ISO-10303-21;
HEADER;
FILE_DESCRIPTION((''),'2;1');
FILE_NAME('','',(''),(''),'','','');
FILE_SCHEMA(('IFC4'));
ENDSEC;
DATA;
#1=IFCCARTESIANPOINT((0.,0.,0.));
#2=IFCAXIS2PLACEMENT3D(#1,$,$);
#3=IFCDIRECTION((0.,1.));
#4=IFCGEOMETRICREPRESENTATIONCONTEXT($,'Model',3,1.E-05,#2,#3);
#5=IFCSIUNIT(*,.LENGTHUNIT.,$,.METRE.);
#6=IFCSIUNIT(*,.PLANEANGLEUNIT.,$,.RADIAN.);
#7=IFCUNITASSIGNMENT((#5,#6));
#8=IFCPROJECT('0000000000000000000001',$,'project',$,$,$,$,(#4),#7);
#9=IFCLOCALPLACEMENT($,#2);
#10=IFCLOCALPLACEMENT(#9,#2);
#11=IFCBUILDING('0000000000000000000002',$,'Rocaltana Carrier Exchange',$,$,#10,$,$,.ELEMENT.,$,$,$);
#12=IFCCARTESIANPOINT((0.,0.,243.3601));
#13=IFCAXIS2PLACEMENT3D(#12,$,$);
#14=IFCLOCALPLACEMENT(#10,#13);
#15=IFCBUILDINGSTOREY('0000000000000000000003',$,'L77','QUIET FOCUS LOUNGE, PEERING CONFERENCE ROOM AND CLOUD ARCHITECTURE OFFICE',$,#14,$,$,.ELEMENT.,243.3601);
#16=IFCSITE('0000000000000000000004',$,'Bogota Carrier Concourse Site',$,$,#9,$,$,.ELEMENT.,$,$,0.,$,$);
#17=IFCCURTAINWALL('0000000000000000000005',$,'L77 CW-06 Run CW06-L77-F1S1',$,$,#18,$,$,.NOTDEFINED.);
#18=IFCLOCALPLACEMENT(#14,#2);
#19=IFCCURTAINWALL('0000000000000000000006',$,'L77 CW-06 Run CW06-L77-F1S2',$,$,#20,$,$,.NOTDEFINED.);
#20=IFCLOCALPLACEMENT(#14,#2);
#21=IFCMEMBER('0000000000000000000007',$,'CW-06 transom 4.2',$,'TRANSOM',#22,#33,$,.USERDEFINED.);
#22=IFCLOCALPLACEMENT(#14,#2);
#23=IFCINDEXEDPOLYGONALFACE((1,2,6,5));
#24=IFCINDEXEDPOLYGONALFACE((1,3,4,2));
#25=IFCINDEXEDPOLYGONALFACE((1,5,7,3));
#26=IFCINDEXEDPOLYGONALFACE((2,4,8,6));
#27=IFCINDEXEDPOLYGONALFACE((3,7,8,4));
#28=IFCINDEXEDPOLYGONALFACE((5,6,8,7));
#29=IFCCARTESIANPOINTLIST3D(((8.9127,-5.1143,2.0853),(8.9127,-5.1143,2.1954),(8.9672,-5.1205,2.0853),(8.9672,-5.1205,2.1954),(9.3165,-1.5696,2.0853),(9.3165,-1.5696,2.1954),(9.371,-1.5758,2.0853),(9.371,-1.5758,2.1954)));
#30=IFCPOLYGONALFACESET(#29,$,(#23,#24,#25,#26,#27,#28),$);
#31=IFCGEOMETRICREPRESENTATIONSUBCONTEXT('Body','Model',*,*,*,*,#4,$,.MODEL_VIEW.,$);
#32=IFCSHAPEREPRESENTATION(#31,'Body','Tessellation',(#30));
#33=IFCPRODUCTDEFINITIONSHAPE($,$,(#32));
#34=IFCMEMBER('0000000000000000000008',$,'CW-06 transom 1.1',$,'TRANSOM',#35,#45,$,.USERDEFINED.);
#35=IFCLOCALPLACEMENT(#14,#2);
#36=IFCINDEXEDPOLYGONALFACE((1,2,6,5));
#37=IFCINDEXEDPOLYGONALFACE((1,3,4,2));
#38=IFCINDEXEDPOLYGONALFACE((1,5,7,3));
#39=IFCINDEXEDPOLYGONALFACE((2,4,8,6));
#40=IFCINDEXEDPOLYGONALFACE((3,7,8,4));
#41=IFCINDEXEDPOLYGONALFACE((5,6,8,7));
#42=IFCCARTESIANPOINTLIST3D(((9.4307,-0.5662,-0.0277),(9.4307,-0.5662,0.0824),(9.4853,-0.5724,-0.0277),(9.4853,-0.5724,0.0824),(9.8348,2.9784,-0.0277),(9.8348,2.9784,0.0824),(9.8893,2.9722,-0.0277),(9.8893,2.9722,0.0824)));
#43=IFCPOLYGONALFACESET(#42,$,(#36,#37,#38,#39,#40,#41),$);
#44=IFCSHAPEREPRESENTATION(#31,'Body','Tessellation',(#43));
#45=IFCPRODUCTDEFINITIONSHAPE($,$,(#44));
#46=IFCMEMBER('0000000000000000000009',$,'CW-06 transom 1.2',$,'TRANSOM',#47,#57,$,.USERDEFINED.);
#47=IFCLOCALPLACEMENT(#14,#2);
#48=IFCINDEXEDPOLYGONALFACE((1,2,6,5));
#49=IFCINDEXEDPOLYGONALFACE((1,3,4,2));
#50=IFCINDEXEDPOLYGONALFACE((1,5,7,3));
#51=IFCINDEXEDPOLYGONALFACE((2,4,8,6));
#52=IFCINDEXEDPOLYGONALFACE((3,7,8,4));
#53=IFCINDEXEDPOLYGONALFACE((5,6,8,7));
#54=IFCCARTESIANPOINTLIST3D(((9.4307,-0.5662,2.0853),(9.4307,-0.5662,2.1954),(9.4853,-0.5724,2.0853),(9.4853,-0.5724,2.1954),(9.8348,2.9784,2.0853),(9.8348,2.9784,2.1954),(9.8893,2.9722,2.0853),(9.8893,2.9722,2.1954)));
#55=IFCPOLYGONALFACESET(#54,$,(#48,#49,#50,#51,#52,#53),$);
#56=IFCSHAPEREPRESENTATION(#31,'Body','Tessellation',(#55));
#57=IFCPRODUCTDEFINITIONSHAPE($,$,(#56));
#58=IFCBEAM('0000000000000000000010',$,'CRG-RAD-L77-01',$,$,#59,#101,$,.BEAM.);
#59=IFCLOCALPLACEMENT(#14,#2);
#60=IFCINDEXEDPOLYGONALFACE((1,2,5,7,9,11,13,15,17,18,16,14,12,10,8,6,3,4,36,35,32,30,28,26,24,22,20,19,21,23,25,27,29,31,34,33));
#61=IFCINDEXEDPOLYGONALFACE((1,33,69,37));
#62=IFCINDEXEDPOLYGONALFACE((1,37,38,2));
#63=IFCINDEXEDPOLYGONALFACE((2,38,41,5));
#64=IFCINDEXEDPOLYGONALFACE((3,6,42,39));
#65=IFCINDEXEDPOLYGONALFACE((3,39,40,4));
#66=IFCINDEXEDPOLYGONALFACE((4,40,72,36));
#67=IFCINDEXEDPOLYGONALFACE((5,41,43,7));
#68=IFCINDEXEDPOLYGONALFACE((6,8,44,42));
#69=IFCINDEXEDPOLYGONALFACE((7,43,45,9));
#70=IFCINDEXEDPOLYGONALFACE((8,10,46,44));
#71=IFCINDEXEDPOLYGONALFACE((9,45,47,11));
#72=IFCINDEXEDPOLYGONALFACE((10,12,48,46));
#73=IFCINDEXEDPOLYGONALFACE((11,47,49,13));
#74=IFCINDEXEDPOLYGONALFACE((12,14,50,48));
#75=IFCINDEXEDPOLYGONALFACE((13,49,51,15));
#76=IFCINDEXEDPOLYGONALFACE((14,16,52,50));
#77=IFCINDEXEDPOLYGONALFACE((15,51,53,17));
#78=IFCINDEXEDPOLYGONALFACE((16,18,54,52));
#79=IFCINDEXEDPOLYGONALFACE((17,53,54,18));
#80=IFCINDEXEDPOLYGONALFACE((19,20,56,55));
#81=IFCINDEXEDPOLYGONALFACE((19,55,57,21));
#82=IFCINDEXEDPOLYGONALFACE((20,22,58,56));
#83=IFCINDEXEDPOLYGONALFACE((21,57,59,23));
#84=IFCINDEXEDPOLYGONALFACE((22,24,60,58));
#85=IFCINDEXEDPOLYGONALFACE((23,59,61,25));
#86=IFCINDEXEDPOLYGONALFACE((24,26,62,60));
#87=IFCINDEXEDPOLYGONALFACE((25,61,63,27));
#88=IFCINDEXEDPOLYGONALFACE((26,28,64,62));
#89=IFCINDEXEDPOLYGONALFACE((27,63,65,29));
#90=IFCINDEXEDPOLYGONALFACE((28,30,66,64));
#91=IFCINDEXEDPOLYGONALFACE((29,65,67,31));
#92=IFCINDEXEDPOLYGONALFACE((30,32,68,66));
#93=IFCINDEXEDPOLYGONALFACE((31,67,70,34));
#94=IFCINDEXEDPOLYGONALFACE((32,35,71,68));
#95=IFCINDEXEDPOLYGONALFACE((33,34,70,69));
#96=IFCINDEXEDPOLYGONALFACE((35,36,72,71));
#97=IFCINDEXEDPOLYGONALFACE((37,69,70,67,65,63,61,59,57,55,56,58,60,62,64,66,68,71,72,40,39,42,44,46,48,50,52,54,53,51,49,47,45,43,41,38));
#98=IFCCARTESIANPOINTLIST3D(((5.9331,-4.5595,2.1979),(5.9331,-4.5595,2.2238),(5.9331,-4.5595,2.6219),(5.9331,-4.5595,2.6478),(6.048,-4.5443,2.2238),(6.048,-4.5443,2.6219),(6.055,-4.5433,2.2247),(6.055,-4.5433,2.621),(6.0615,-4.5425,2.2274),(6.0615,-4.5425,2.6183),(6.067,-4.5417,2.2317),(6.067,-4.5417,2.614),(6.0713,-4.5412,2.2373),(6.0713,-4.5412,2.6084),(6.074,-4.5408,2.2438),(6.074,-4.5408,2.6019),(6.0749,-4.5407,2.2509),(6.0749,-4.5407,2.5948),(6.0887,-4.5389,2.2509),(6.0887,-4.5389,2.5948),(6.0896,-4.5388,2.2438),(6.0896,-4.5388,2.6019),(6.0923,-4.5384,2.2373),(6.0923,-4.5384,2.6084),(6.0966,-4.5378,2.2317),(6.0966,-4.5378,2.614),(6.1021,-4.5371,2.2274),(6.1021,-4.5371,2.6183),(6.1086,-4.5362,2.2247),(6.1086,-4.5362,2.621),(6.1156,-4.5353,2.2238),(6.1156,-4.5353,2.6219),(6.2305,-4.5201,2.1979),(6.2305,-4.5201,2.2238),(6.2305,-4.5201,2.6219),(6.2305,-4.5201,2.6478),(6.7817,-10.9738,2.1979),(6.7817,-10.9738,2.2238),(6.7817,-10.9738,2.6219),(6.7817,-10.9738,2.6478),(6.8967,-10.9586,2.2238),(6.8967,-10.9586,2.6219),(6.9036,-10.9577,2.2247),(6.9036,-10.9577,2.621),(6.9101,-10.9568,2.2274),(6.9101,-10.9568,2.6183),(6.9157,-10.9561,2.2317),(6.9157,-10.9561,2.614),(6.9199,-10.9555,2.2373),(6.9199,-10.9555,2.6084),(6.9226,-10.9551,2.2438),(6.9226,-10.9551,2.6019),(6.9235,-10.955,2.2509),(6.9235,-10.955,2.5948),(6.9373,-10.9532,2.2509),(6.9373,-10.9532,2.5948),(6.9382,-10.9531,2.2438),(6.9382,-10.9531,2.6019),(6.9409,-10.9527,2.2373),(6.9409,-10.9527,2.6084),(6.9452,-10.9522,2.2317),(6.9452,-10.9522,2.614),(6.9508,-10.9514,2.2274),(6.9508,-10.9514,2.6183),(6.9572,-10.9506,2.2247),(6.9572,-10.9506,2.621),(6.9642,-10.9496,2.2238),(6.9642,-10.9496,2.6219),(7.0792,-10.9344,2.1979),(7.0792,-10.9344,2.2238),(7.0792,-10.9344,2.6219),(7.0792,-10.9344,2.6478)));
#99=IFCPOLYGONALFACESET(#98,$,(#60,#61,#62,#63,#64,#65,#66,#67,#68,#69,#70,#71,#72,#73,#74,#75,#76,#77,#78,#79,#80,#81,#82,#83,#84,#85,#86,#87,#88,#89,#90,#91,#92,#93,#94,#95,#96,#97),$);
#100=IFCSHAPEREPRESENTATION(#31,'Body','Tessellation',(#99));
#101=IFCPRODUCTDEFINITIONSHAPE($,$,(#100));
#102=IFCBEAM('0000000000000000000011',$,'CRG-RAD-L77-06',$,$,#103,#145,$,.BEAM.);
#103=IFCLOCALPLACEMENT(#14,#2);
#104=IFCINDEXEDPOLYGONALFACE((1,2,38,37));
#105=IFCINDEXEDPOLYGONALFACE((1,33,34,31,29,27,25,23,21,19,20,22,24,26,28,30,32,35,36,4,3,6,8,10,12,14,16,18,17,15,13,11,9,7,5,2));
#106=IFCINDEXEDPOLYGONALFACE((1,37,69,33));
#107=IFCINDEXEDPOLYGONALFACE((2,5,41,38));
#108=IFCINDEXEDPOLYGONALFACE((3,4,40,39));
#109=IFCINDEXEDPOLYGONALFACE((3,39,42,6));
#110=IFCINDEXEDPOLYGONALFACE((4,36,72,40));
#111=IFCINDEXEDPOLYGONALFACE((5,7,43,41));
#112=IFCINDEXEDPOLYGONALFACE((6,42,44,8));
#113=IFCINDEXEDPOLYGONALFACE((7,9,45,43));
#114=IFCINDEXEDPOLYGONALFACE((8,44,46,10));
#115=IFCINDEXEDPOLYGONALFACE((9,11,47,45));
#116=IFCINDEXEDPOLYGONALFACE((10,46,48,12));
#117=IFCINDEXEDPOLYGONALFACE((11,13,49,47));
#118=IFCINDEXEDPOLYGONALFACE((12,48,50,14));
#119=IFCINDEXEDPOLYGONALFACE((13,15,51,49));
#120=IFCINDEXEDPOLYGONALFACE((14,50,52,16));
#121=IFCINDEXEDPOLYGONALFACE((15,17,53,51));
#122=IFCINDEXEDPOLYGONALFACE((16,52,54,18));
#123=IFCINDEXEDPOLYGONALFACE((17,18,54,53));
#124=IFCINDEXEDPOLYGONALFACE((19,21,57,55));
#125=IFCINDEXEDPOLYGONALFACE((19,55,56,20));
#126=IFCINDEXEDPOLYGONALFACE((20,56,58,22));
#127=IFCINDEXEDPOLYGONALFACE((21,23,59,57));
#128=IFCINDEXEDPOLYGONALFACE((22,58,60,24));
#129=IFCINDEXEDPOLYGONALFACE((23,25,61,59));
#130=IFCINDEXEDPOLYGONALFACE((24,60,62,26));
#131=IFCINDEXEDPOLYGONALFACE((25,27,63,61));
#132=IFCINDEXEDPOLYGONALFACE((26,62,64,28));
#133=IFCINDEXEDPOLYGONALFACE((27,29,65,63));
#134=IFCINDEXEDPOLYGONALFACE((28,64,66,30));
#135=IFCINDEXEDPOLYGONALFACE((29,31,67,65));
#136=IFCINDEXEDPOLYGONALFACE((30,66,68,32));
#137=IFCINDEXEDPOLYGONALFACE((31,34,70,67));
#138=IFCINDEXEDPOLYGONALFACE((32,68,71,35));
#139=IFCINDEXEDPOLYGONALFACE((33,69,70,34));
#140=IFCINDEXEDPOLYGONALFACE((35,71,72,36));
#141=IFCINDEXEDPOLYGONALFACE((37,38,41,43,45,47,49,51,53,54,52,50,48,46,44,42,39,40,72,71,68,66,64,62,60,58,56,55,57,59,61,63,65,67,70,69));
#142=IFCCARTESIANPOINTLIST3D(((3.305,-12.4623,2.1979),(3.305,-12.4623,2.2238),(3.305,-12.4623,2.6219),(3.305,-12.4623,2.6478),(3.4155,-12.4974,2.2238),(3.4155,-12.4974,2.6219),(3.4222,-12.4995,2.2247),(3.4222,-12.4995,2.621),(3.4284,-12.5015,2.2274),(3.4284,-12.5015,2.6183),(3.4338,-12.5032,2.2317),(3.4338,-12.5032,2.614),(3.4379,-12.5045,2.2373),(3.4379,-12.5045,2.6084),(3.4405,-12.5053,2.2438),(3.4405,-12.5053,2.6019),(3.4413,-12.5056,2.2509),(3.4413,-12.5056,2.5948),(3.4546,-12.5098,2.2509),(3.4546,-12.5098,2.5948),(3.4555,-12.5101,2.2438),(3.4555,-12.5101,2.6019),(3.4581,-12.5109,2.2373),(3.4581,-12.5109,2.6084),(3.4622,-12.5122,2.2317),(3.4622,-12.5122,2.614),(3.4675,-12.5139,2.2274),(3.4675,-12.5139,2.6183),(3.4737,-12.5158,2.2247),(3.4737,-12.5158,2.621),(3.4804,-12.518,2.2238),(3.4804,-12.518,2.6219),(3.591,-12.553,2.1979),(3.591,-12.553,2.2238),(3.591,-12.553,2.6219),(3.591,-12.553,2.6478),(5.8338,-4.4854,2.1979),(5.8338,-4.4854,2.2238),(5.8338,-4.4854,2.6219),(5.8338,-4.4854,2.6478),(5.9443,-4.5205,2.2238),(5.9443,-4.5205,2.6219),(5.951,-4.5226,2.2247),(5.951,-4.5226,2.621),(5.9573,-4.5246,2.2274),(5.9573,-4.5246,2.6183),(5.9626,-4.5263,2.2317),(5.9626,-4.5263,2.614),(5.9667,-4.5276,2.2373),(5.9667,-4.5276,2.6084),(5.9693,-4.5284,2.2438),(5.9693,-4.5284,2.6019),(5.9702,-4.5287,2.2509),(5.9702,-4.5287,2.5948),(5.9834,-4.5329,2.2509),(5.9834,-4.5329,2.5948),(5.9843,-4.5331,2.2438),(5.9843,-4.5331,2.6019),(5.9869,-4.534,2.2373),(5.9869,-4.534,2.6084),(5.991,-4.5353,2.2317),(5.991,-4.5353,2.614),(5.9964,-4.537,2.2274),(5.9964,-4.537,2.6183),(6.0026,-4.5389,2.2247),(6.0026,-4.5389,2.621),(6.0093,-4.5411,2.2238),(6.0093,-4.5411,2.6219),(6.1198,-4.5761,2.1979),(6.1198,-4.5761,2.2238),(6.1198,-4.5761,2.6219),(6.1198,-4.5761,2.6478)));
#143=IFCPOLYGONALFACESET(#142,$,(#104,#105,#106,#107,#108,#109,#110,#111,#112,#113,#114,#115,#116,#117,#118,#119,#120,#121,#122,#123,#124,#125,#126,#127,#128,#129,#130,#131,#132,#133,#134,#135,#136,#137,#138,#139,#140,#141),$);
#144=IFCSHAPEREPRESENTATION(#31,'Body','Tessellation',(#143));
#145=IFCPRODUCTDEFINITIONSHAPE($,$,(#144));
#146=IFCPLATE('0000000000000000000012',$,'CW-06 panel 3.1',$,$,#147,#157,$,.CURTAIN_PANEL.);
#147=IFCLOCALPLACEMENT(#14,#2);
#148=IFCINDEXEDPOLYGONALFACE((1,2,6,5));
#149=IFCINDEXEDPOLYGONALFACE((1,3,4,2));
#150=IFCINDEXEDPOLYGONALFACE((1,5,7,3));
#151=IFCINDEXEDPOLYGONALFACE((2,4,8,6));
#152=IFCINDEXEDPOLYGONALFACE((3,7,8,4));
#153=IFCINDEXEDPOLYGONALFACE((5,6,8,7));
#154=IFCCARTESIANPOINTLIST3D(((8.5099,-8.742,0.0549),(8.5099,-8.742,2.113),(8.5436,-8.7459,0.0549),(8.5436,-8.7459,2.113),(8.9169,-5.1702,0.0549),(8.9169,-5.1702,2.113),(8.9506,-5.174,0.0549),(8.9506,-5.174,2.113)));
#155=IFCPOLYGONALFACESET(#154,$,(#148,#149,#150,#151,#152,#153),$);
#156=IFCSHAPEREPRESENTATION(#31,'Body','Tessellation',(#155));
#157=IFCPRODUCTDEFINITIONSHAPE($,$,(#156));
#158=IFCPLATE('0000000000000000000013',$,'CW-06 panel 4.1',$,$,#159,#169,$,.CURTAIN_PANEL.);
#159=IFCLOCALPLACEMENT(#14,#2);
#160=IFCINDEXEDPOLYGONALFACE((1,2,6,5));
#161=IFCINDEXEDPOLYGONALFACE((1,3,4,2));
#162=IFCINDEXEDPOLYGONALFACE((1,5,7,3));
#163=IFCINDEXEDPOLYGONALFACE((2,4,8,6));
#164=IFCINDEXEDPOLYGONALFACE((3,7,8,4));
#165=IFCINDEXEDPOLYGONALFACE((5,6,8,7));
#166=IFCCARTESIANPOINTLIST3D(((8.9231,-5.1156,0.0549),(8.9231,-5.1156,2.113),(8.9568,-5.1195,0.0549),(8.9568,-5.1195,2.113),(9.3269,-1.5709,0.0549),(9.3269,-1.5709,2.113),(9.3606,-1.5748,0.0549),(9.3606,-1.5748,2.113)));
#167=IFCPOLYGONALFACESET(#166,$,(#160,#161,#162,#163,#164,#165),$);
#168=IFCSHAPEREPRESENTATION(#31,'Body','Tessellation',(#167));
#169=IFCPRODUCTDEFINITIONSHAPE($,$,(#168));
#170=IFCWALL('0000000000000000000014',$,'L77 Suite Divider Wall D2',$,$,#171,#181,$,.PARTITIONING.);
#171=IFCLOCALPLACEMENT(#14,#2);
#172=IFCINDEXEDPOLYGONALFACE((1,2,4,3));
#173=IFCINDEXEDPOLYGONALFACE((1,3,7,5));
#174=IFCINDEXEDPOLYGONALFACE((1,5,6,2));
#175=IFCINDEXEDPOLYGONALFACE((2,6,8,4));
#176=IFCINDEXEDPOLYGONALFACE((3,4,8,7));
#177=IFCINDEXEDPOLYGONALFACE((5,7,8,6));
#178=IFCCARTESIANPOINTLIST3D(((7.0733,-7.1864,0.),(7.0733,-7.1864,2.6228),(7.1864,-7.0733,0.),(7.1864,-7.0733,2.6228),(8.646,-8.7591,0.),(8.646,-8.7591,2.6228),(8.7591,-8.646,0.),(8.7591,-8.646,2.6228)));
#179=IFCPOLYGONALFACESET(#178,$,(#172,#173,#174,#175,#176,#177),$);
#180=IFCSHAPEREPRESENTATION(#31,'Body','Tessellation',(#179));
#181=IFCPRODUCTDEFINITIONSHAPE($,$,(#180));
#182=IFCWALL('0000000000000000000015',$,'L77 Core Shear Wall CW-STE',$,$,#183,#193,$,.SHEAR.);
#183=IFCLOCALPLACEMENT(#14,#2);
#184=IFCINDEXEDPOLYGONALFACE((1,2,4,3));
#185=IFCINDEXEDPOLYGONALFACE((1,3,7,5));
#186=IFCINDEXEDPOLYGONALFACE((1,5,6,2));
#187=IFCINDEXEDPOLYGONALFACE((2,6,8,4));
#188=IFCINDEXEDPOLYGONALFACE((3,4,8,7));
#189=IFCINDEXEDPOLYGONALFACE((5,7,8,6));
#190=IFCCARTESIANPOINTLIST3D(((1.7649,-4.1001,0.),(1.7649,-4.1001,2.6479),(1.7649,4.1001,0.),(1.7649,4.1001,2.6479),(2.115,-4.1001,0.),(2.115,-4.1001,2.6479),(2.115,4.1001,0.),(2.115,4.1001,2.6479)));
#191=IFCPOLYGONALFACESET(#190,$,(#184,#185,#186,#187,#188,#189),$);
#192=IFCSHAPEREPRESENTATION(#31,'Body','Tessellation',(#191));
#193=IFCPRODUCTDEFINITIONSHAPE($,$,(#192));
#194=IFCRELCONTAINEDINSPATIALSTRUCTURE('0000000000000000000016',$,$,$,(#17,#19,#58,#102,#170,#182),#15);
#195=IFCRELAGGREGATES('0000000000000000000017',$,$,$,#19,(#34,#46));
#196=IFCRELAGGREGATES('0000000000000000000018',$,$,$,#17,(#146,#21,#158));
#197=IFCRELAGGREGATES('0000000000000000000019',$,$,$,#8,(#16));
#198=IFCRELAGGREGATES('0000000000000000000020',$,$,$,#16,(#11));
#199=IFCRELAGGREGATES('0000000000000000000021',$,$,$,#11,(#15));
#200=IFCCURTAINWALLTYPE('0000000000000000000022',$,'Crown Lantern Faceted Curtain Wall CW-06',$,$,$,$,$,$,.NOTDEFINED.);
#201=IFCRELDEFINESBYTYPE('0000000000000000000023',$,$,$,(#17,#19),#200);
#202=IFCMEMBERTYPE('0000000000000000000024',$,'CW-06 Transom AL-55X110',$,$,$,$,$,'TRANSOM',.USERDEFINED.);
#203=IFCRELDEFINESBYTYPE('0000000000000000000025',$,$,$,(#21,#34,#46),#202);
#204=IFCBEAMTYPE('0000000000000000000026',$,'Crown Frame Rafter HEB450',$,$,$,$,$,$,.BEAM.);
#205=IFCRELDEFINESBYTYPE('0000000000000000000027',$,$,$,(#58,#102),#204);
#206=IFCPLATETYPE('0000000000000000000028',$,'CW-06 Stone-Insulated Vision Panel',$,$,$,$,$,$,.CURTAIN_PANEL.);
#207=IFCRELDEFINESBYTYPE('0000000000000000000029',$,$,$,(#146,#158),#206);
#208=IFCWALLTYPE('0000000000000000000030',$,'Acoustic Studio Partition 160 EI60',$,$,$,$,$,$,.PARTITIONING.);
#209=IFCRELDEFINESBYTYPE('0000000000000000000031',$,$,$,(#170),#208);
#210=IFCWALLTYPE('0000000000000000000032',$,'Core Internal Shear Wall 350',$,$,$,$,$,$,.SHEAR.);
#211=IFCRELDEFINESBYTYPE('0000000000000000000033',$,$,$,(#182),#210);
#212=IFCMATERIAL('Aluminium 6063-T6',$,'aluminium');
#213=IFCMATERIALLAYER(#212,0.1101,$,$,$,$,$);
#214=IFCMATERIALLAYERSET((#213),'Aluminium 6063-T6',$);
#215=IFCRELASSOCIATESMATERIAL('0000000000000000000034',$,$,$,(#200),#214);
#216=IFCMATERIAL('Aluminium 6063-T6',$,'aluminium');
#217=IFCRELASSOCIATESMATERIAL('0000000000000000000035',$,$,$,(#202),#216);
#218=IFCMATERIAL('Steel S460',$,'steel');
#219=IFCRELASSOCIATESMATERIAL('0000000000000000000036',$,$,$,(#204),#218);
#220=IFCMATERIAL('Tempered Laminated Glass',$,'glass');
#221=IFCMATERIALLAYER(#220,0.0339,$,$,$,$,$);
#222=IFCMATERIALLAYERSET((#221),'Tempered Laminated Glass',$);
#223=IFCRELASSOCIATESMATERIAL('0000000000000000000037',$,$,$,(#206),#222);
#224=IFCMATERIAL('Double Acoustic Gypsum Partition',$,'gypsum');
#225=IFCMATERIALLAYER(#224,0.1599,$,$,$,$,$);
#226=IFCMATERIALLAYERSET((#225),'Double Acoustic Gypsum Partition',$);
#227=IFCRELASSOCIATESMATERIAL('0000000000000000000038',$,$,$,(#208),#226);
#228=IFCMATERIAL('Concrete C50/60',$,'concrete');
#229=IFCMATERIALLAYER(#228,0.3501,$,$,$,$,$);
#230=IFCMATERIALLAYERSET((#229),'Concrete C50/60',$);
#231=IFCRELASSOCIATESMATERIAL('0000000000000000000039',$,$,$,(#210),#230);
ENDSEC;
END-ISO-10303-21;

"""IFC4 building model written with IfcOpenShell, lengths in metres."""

from ifc_helpers import new_model, si_unit, direction, frame, frame_2d, origin, origin_2d, place, context, subcontext, project, spatial, rectangle, i_section, extrude, material, layer, layer_set, material_profile, profile_set, type_object, element, aggregate, save


model = new_model("IFC4")

# Units and contexts
model_context = context("Model", 3, precision=1e-05, world=origin(), true_north=direction((0.0, 1.0)))
body_context = subcontext(model_context, "Body", "Model", "MODEL_VIEW")
ifc_project = project(units=[si_unit("LENGTHUNIT", "METRE"), si_unit("PLANEANGLEUNIT", "RADIAN")], contexts=[model_context])

# Site, building, storey
site_placement = place(None, origin())
site = spatial("IfcSite", under=ifc_project, at=site_placement, Name="Bogota Carrier Concourse Site", CompositionType="ELEMENT", RefElevation=0.0)
building_placement = place(site_placement, origin())
building = spatial("IfcBuilding", under=site, at=building_placement, Name="Rocaltana Carrier Exchange", CompositionType="ELEMENT")
storey_placement = place(building_placement, frame((0.0, 0.0, 243.3601)))
storey = spatial("IfcBuildingStorey", under=building, at=storey_placement, Name="L77", Description="QUIET FOCUS LOUNGE, PEERING CONFERENCE ROOM AND CLOUD ARCHITECTURE OFFICE", CompositionType="ELEMENT", Elevation=243.3601)

# Curtain wall
ifc_material_1 = material(Name="Aluminium 6063-T6", Category="aluminium")
ifc_layer_1 = layer(ifc_material_1, 0.1101)
ifc_layer_set_1 = layer_set([ifc_layer_1], Name="Aluminium 6063-T6")
curtain_wall_type = type_object("IfcCurtainWallType", Name="Crown Lantern Faceted Curtain Wall CW-06", PredefinedType="NOTDEFINED", material=ifc_layer_set_1)
curtain_wall_1_placement = place(storey_placement, origin())
curtain_wall_1 = element("IfcCurtainWall", 1, at=curtain_wall_1_placement, inside=storey, type_object=curtain_wall_type, Name="L77 CW-06 Run CW06-L77-F1S1", PredefinedType="NOTDEFINED")

# Curtain wall
curtain_wall_2_placement = place(storey_placement, origin())
curtain_wall_2 = element("IfcCurtainWall", 2, at=curtain_wall_2_placement, inside=storey, type_object=curtain_wall_type, Name="L77 CW-06 Run CW06-L77-F1S2", PredefinedType="NOTDEFINED")

# Members
ifc_material_2 = material(Name="Aluminium 6063-T6", Category="aluminium")
ifc_material_profile_1 = material_profile(ifc_material_2, rectangle(XDim=0.0549, YDim=0.1101, at=origin_2d()), Name="AL-55X110")
ifc_profile_set_1 = profile_set([ifc_material_profile_1], Name="Aluminium 6063-T6")
member_type_1 = type_object("IfcMemberType", Name="CW-06 Transom AL-55X110", ElementType="TRANSOM", PredefinedType="USERDEFINED", material=ifc_profile_set_1)
member_1_placement = place(storey_placement, frame((8.9399, -5.1174, 2.1404), z_axis=(0.113188, 0.993574, 0.0), x_axis=(-0.993574, 0.113188, 0.0)))
member_1 = element("IfcMember", 3, at=member_1_placement, type_object=member_type_1, Name="CW-06 transom 4.2", ObjectType="TRANSOM", PredefinedType="USERDEFINED", context=body_context, shape_type="SweptSolid", body=[
    extrude(rectangle(XDim=0.0549, YDim=0.1101, at=origin_2d()), origin(), (0.0, 0.0, 1.0), 3.5676),
])
member_2_placement = place(storey_placement, frame((9.458, -0.5693, 0.0273), z_axis=(0.113255, 0.993566, 0.0), x_axis=(-0.993566, 0.113255, 0.0)))
member_2 = element("IfcMember", 4, at=member_2_placement, type_object=member_type_1, Name="CW-06 transom 1.1", ObjectType="TRANSOM", PredefinedType="USERDEFINED", context=body_context, shape_type="SweptSolid", body=[
    extrude(rectangle(XDim=0.0549, YDim=0.1101, at=origin_2d()), origin(), (0.0, 0.0, 1.0), 3.5676),
])
member_3_placement = place(storey_placement, frame((9.458, -0.5693, 2.1404), z_axis=(0.113255, 0.993566, 0.0), x_axis=(-0.993566, 0.113255, 0.0)))
member_3 = element("IfcMember", 5, at=member_3_placement, type_object=member_type_1, Name="CW-06 transom 1.2", ObjectType="TRANSOM", PredefinedType="USERDEFINED", context=body_context, shape_type="SweptSolid", body=[
    extrude(rectangle(XDim=0.0549, YDim=0.1101, at=origin_2d()), origin(), (0.0, 0.0, 1.0), 3.5676),
])
aggregate(curtain_wall_2, [member_2, member_3])

# Beams
ifc_material_3 = material(Name="Steel S460", Category="steel")
ifc_material_profile_2 = material_profile(ifc_material_3, i_section(OverallWidth=0.3, OverallDepth=0.45, WebThickness=0.0139, FlangeThickness=0.0259, FilletRadius=0.0271, at=origin_2d()), Name="HEB450")
ifc_profile_set_2 = profile_set([ifc_material_profile_2], Name="Steel S460")
beam_type = type_object("IfcBeamType", Name="Crown Frame Rafter HEB450", PredefinedType="BEAM", material=ifc_profile_set_2)
beam_1_placement = place(storey_placement, frame((6.0818, -4.5398, 2.4229), z_axis=(0.13116, -0.991361, 0.0), x_axis=(0.991361, 0.13116, 0.0)))
element("IfcBeam", 6, at=beam_1_placement, inside=storey, type_object=beam_type, Name="CRG-RAD-L77-01", PredefinedType="BEAM", context=body_context, shape_type="SweptSolid", body=[
    extrude(i_section(OverallWidth=0.3, OverallDepth=0.45, WebThickness=0.0139, FlangeThickness=0.0259, FilletRadius=0.0271, at=origin_2d()), origin(), (0.0, 0.0, 1.0), 6.4702),
])
beam_2_placement = place(storey_placement, frame((5.9768, -4.5308, 2.4229), z_axis=(-0.302198, -0.953245, 0.0), x_axis=(0.953245, -0.302198, 0.0)))
element("IfcBeam", 7, at=beam_2_placement, inside=storey, type_object=beam_type, Name="CRG-RAD-L77-06", PredefinedType="BEAM", context=body_context, shape_type="SweptSolid", body=[
    extrude(i_section(OverallWidth=0.3, OverallDepth=0.45, WebThickness=0.0139, FlangeThickness=0.0259, FilletRadius=0.0271, at=origin_2d()), origin(), (0.0, 0.0, 1.0), 8.3682),
])

# Plates
ifc_material_4 = material(Name="Tempered Laminated Glass", Category="glass")
ifc_layer_2 = layer(ifc_material_4, 0.0339)
ifc_layer_set_2 = layer_set([ifc_layer_2], Name="Tempered Laminated Glass")
plate_type = type_object("IfcPlateType", Name="CW-06 Stone-Insulated Vision Panel", PredefinedType="CURTAIN_PANEL", material=ifc_layer_set_2)
plate_1_placement = place(storey_placement, frame((8.7302, -6.958, 0.0549), z_axis=(0.0, 0.0, 1.0), x_axis=(0.113205, 0.993572, 0.0)))
plate_1 = element("IfcPlate", 8, at=plate_1_placement, type_object=plate_type, Name="CW-06 panel 3.1", PredefinedType="CURTAIN_PANEL", context=body_context, shape_type="SweptSolid", body=[
    extrude(rectangle(XDim=3.595, YDim=0.0339, at=origin_2d()), origin(), (0.0, 0.0, 1.0), 2.0581),
])
plate_2_placement = place(storey_placement, frame((9.1418, -3.3452, 0.0549), z_axis=(0.0, 0.0, 1.0), x_axis=(0.113205, 0.993572, 0.0)))
plate_2 = element("IfcPlate", 9, at=plate_2_placement, type_object=plate_type, Name="CW-06 panel 4.1", PredefinedType="CURTAIN_PANEL", context=body_context, shape_type="SweptSolid", body=[
    extrude(rectangle(XDim=3.5676, YDim=0.0339, at=origin_2d()), origin(), (0.0, 0.0, 1.0), 2.0581),
])
aggregate(curtain_wall_1, [plate_1, member_1, plate_2])

# Walls
ifc_material_5 = material(Name="Double Acoustic Gypsum Partition", Category="gypsum")
ifc_layer_3 = layer(ifc_material_5, 0.1599)
ifc_layer_set_3 = layer_set([ifc_layer_3], Name="Double Acoustic Gypsum Partition")
wall_type_1 = type_object("IfcWallType", Name="Acoustic Studio Partition 160 EI60", PredefinedType="PARTITIONING", material=ifc_layer_set_3)
wall_1_placement = place(storey_placement, frame((7.1299, -7.1299, 0.0), z_axis=(0.0, 0.0, 1.0), x_axis=(0.707107, -0.707107, 0.0)))
element("IfcWall", 10, at=wall_1_placement, inside=storey, type_object=wall_type_1, Name="L77 Suite Divider Wall D2", PredefinedType="PARTITIONING", context=body_context, shape_type="SweptSolid", body=[
    extrude(rectangle(XDim=2.2241, YDim=0.1599, at=frame_2d((1.1121, 0.0))), origin(), (0.0, 0.0, 1.0), 2.6228),
])
ifc_material_6 = material(Name="Concrete C50/60", Category="concrete")
ifc_layer_4 = layer(ifc_material_6, 0.3501)
ifc_layer_set_4 = layer_set([ifc_layer_4], Name="Concrete C50/60")
wall_type_2 = type_object("IfcWallType", Name="Core Internal Shear Wall 350", PredefinedType="SHEAR", material=ifc_layer_set_4)
wall_2_placement = place(storey_placement, frame((1.9399, -4.1001, 0.0), z_axis=(0.0, 0.0, 1.0), x_axis=(0.0, 1.0, 0.0)))
element("IfcWall", 11, at=wall_2_placement, inside=storey, type_object=wall_type_2, Name="L77 Core Shear Wall CW-STE", PredefinedType="SHEAR", context=body_context, shape_type="SweptSolid", body=[
    extrude(rectangle(XDim=8.2002, YDim=0.3501, at=frame_2d((4.1001, 0.0))), origin(), (0.0, 0.0, 1.0), 2.6479),
])

save(model, "model.ifc")
